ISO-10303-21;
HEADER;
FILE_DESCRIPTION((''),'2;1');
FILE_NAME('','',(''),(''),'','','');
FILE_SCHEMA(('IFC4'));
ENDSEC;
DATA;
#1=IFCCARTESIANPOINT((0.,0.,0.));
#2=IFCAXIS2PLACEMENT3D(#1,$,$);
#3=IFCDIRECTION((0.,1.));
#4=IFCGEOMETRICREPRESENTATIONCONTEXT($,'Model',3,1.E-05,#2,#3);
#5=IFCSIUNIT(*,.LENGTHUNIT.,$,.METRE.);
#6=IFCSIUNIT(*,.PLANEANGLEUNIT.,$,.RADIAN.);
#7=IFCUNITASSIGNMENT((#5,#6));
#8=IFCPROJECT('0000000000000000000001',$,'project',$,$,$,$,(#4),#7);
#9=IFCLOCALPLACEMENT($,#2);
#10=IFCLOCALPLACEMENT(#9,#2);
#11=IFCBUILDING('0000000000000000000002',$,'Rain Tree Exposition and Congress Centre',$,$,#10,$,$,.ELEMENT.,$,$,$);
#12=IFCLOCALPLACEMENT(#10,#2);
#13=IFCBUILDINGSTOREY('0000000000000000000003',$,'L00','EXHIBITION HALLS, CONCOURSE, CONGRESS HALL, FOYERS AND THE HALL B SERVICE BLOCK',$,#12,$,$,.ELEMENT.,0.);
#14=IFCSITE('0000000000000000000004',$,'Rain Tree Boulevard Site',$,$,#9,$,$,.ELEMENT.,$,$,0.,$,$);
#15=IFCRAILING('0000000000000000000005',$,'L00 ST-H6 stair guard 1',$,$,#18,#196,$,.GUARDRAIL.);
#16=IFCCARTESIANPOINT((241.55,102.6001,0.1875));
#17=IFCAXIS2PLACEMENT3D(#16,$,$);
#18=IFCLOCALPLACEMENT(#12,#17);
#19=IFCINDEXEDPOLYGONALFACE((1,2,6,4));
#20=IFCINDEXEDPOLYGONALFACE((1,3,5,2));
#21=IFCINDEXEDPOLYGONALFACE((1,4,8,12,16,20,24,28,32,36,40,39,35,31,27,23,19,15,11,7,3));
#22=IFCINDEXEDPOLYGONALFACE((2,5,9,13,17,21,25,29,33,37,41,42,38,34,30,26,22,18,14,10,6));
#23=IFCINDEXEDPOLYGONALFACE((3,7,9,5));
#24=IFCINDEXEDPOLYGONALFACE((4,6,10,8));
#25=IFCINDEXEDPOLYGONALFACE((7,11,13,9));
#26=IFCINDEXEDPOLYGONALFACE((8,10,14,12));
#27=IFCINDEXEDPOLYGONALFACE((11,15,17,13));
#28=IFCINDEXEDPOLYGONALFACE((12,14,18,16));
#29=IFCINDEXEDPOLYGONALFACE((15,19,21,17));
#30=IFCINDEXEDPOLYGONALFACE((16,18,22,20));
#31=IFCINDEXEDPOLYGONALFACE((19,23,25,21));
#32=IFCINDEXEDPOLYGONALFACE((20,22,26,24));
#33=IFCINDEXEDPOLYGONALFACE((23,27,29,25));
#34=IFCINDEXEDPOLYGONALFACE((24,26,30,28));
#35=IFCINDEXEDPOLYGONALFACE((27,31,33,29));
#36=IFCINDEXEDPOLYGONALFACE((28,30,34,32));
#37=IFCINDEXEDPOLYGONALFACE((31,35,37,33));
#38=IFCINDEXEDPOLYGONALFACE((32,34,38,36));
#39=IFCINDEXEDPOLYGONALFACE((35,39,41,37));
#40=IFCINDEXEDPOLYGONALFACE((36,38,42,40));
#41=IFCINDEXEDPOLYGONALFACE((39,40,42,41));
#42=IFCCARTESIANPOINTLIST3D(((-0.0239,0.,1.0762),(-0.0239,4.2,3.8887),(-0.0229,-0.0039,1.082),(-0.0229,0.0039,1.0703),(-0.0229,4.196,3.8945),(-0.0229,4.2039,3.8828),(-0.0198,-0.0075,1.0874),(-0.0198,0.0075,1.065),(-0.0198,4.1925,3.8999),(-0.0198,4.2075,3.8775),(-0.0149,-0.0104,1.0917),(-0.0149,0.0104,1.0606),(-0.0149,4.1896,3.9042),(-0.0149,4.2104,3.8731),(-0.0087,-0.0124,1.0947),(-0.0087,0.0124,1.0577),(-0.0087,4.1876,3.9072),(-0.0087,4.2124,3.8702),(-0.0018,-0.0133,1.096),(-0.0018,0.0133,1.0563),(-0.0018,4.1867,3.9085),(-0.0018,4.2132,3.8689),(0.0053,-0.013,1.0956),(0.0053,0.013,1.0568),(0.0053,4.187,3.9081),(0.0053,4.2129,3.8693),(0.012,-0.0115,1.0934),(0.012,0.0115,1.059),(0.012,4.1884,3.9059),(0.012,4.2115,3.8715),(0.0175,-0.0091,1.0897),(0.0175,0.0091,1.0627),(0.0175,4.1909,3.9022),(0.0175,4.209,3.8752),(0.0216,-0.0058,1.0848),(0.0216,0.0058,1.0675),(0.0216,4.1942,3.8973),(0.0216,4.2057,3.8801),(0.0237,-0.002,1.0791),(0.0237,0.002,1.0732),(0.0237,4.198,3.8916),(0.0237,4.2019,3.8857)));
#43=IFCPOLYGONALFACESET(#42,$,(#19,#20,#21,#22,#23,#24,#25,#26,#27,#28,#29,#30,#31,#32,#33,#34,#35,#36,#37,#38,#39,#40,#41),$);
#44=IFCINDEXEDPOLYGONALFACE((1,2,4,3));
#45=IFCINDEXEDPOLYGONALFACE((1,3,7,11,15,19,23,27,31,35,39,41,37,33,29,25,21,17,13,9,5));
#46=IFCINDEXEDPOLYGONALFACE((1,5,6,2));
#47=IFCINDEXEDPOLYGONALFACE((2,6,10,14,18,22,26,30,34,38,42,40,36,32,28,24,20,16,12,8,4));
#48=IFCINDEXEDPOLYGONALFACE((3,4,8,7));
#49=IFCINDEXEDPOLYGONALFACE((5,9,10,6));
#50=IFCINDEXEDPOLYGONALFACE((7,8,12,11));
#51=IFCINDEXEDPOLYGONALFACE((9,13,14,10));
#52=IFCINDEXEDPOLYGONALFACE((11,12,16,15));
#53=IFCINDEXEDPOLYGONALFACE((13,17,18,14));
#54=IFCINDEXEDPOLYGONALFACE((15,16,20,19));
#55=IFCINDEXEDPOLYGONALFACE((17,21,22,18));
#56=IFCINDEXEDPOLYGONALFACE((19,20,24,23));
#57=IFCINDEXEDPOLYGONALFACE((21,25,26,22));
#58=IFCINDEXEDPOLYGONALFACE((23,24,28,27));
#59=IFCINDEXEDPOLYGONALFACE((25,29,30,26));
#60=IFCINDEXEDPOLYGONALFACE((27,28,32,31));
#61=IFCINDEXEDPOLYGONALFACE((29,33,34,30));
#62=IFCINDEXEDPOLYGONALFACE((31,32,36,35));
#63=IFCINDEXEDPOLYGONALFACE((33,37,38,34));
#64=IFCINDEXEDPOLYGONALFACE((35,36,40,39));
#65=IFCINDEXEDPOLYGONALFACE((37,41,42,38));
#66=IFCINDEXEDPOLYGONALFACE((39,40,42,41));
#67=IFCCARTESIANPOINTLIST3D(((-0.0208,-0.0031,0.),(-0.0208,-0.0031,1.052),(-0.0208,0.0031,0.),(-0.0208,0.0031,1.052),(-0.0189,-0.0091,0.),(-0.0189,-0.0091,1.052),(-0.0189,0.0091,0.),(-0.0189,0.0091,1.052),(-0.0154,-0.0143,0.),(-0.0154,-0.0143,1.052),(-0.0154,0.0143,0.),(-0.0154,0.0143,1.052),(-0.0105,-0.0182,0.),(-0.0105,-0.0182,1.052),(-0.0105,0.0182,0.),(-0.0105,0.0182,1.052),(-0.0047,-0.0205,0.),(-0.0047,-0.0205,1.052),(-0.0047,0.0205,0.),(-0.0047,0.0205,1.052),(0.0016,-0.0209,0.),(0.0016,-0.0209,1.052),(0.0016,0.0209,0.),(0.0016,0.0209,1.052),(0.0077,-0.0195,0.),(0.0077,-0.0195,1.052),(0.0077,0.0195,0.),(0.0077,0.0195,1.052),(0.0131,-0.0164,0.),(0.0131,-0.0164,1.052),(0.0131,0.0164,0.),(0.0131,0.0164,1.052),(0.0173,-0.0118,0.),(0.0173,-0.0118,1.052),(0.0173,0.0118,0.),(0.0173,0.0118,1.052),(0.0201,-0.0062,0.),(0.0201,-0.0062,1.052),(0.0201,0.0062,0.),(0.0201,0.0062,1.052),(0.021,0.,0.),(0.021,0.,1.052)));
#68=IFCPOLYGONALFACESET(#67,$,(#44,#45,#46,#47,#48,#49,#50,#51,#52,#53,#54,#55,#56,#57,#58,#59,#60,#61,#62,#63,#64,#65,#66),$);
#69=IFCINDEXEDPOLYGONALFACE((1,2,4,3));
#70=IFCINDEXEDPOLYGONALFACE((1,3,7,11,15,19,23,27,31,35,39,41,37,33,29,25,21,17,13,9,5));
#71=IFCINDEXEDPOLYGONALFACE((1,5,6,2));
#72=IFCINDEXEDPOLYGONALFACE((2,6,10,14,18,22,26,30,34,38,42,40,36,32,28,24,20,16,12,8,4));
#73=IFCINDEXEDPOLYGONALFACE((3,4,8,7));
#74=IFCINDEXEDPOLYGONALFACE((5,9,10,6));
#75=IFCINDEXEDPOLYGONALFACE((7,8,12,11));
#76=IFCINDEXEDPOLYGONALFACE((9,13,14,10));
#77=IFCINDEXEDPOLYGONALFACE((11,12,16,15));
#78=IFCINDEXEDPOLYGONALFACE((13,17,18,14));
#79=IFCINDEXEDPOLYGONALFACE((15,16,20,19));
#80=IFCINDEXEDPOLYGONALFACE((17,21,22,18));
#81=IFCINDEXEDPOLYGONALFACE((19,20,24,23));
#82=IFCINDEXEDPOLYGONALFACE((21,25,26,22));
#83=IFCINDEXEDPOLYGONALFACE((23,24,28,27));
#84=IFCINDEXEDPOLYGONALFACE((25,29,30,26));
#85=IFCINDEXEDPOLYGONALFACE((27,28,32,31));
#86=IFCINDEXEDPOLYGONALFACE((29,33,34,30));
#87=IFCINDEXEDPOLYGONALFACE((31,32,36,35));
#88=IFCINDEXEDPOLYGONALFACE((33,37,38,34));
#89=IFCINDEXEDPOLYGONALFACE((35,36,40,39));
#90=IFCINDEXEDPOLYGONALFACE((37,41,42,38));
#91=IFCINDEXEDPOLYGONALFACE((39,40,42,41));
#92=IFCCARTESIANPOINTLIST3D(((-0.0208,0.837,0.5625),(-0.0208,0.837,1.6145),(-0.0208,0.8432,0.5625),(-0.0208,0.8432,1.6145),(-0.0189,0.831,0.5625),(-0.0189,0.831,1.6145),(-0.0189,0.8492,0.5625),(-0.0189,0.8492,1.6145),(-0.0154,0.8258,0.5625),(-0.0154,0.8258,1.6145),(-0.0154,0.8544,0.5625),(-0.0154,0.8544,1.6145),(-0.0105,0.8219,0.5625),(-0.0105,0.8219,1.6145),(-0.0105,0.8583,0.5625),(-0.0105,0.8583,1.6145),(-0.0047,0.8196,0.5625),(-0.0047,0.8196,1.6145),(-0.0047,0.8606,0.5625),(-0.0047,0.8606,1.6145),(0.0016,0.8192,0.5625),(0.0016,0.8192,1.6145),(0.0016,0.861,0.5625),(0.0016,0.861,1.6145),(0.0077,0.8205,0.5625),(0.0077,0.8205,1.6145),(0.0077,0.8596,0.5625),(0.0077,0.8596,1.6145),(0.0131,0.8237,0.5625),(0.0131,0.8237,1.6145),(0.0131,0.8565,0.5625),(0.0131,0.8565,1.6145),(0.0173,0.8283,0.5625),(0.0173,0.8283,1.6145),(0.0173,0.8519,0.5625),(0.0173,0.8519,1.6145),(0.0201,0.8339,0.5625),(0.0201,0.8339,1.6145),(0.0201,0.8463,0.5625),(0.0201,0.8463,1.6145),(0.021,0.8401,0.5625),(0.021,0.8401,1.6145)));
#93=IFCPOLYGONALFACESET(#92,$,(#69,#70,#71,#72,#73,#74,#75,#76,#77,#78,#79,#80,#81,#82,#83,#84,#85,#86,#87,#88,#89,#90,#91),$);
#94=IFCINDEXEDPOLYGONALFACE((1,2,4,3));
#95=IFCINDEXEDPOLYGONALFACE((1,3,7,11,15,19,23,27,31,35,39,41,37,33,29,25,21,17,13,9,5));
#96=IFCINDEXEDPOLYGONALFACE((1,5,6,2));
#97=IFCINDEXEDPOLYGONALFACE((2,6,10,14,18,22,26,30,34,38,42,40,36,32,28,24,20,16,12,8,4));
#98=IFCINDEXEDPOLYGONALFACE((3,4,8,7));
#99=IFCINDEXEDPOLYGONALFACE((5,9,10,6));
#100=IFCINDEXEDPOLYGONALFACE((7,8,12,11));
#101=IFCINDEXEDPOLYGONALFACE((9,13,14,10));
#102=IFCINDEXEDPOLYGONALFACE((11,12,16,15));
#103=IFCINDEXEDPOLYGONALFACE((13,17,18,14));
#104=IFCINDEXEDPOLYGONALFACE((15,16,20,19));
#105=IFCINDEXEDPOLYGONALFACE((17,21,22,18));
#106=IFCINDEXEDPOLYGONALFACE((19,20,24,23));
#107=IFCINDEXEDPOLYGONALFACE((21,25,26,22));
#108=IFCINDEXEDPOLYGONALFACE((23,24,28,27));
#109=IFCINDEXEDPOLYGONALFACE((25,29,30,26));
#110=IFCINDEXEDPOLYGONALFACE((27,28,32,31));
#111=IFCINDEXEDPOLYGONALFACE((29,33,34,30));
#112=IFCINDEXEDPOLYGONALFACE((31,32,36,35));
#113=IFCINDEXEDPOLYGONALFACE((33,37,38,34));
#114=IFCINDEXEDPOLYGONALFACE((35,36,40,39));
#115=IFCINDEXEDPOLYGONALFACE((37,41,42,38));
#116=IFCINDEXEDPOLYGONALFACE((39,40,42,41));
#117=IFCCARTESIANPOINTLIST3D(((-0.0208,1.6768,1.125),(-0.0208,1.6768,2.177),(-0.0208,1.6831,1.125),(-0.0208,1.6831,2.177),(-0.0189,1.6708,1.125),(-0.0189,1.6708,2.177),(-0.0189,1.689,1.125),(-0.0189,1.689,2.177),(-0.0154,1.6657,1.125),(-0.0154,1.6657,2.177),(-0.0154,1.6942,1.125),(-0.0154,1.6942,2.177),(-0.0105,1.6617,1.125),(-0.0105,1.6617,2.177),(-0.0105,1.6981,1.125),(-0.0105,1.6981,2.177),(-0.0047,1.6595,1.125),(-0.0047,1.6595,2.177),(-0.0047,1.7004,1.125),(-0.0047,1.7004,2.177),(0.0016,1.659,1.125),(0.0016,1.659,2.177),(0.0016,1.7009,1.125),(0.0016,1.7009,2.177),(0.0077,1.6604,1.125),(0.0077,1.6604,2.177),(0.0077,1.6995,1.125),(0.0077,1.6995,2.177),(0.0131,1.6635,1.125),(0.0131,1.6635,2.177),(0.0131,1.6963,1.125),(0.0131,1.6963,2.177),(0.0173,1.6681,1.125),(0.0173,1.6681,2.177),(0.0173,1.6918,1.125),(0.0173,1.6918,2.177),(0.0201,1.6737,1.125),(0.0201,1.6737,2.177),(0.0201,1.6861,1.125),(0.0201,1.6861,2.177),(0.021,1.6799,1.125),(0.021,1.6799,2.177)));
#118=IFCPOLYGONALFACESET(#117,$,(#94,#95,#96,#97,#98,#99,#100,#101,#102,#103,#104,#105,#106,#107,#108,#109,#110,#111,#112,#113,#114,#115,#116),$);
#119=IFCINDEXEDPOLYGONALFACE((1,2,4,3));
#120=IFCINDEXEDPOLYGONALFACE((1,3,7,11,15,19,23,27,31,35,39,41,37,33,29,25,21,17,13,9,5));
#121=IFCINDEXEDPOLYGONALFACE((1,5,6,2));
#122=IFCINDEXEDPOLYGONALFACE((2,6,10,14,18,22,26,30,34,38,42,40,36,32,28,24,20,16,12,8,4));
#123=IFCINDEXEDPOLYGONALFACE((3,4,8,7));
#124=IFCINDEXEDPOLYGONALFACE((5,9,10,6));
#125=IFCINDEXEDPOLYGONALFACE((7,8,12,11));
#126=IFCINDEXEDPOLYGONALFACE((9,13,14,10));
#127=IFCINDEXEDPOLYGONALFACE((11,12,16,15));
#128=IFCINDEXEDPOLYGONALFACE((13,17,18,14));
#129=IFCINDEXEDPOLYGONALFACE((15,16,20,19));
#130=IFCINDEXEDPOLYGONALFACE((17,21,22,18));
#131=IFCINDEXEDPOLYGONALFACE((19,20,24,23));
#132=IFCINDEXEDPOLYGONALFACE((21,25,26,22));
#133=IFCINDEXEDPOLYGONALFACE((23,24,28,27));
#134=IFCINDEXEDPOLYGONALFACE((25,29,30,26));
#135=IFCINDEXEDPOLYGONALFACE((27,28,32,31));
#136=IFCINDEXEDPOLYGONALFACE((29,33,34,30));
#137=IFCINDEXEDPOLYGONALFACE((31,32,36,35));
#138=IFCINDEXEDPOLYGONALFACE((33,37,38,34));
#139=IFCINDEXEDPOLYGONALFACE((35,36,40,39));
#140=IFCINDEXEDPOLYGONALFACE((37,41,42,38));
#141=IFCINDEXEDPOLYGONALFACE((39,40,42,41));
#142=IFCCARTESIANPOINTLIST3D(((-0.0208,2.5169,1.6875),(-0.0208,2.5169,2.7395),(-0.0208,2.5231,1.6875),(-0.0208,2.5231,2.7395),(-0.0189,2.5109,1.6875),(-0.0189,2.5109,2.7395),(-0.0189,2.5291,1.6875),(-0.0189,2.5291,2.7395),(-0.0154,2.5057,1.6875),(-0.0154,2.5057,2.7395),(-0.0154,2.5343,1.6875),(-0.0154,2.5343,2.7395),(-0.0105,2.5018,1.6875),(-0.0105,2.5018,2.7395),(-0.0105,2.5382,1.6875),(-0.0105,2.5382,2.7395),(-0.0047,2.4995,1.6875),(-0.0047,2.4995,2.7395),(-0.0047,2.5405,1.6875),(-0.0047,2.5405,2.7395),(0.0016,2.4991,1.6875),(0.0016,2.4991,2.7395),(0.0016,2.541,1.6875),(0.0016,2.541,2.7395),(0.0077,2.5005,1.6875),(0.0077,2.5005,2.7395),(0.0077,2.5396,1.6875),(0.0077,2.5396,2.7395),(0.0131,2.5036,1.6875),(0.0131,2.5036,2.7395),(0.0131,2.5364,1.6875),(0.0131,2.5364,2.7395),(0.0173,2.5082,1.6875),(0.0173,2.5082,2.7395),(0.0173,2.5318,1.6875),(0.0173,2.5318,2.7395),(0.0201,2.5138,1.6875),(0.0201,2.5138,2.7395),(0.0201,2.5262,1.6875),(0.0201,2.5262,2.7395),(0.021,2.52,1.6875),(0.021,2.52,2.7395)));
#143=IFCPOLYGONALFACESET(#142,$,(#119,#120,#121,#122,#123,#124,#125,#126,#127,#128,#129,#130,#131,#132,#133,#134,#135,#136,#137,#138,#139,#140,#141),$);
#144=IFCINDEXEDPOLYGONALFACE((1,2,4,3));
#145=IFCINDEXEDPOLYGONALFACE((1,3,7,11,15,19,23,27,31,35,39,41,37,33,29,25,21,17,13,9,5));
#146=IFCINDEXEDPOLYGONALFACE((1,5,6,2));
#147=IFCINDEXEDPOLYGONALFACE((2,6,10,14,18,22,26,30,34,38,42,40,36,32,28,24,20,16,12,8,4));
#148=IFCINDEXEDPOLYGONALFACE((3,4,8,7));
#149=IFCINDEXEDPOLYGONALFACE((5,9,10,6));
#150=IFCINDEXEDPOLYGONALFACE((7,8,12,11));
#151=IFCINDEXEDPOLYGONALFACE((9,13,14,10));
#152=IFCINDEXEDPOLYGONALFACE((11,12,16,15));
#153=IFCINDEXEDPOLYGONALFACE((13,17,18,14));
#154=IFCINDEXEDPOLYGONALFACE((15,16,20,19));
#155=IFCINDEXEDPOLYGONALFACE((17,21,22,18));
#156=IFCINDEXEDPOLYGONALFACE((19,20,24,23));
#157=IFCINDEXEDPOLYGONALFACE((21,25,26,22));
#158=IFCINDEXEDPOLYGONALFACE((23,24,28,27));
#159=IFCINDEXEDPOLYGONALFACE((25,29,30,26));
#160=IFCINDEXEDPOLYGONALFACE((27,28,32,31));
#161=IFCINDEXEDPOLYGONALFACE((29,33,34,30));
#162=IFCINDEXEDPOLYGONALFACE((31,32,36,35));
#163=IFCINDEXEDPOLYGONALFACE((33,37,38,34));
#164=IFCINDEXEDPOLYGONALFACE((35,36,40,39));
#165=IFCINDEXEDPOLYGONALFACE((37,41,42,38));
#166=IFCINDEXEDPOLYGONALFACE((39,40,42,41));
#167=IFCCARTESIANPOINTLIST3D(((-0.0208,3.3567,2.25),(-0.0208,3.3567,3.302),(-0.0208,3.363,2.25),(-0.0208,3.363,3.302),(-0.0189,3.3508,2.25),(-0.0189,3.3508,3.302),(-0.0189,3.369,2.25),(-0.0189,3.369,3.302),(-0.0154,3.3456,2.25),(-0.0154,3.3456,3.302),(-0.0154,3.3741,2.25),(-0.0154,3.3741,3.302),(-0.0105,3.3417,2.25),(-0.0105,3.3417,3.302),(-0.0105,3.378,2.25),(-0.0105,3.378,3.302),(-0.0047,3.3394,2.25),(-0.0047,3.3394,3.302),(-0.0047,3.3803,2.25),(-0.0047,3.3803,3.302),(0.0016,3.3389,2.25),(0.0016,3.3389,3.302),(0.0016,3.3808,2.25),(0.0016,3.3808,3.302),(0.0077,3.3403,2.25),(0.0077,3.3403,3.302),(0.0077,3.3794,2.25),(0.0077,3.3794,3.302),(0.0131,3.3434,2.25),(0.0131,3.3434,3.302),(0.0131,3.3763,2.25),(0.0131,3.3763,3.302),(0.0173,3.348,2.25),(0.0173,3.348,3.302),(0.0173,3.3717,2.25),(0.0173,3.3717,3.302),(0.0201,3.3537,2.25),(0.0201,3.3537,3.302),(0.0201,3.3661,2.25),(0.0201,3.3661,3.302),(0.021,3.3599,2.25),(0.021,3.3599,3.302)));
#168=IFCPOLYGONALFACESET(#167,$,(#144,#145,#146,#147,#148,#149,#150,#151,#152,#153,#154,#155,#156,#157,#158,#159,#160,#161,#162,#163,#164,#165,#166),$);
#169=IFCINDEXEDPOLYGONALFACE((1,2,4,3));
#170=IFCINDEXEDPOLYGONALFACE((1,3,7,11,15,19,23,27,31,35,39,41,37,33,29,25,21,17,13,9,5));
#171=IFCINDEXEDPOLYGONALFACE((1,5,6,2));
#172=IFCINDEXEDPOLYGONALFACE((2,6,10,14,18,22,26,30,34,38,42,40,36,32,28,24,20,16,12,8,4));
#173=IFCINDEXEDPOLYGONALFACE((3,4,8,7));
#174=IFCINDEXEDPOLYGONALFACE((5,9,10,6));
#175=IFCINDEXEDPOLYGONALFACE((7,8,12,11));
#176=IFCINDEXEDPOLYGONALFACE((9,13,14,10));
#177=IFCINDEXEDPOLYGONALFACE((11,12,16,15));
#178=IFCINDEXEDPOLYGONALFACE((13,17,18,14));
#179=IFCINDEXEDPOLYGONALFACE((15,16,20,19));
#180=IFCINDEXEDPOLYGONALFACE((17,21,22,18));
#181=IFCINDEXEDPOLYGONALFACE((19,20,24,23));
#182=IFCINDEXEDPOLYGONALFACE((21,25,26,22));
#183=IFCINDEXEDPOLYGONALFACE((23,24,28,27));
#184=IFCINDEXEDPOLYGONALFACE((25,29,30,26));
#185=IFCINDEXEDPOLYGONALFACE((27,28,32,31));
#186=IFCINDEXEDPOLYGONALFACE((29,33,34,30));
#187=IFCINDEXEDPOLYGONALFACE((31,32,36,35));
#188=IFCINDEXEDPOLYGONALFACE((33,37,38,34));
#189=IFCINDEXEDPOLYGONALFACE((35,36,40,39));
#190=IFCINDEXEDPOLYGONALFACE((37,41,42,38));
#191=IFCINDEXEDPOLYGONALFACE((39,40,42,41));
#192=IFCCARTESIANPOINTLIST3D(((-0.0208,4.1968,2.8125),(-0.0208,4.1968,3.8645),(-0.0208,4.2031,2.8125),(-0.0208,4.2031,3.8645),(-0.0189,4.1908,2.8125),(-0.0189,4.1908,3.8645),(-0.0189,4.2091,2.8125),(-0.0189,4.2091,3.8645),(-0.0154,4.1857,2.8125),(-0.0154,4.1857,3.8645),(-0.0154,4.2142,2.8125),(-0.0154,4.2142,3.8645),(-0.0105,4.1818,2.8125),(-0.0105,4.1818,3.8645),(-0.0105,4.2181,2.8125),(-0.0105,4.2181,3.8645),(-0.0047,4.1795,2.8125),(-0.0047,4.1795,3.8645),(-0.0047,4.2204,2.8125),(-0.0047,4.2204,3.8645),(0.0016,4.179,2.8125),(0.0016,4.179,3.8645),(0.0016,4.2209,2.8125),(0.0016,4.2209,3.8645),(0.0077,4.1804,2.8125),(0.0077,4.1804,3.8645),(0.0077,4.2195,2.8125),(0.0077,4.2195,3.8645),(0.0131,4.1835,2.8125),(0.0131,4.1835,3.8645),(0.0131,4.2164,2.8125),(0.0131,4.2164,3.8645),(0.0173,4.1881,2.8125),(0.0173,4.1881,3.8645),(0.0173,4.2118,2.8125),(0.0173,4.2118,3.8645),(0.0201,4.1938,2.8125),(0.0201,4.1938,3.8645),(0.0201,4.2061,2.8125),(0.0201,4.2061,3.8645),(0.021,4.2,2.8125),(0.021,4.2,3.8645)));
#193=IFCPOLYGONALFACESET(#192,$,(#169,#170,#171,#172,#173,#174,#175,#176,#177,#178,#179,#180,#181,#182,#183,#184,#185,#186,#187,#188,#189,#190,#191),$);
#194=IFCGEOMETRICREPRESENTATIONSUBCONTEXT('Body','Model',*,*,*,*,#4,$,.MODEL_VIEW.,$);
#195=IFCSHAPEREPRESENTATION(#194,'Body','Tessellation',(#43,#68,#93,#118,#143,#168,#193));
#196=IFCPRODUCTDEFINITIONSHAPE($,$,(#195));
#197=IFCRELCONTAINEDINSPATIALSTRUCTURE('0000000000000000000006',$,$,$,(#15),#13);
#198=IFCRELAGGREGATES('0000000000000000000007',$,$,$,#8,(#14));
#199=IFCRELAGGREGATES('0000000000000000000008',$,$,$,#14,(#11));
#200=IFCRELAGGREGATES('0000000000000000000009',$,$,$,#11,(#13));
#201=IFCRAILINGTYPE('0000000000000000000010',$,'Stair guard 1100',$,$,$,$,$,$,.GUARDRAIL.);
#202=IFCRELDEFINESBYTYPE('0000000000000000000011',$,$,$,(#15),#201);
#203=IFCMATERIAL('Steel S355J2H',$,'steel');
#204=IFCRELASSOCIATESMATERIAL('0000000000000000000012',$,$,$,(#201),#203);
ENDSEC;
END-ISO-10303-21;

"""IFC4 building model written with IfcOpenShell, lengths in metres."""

from ifc_helpers import new_model, si_unit, direction, frame, origin, origin_2d, place, context, subcontext, project, spatial, circle, extrude, material, type_object, element, save


model = new_model("IFC4")

# Units and contexts
model_context = context("Model", 3, precision=1e-05, world=origin(), true_north=direction((0.0, 1.0)))
body_context = subcontext(model_context, "Body", "Model", "MODEL_VIEW")
ifc_project = project(units=[si_unit("LENGTHUNIT", "METRE"), si_unit("PLANEANGLEUNIT", "RADIAN")], contexts=[model_context])

# Site, building, storey
site_placement = place(None, origin())
site = spatial("IfcSite", under=ifc_project, at=site_placement, Name="Rain Tree Boulevard Site", CompositionType="ELEMENT", RefElevation=0.0)
building_placement = place(site_placement, origin())
building = spatial("IfcBuilding", under=site, at=building_placement, Name="Rain Tree Exposition and Congress Centre", CompositionType="ELEMENT")
storey_placement = place(building_placement, origin())
storey = spatial("IfcBuildingStorey", under=building, at=storey_placement, Name="L00", Description="EXHIBITION HALLS, CONCOURSE, CONGRESS HALL, FOYERS AND THE HALL B SERVICE BLOCK", CompositionType="ELEMENT", Elevation=0.0)

# Railing
ifc_material_1 = material(Name="Steel S355J2H", Category="steel")
railing_type_1 = type_object("IfcRailingType", Name="Stair guard 1100", PredefinedType="GUARDRAIL", material=ifc_material_1)
railing_1_placement = place(storey_placement, frame((241.55, 102.6001, 0.1875)))
element("IfcRailing", 1, at=railing_1_placement, inside=storey, type_object=railing_type_1, Name="L00 ST-H6 stair guard 1", PredefinedType="GUARDRAIL", context=body_context, shape_type="SweptSolid", body=[
    extrude(circle(Radius=0.0239, at=origin_2d()), frame((0.0, 0.0, 1.0762), z_axis=(0.0, 0.830904, 0.556416), x_axis=(-1.0, 0.0, 0.0)), (0.0, 0.0, 1.0), 5.0547),
    extrude(circle(Radius=0.021, at=origin_2d()), origin(), (0.0, 0.0, 1.0), 1.052),
    extrude(circle(Radius=0.021, at=origin_2d()), frame((0.0, 0.8401, 0.5625)), (0.0, 0.0, 1.0), 1.052),
    extrude(circle(Radius=0.021, at=origin_2d()), frame((0.0, 1.6799, 1.125)), (0.0, 0.0, 1.0), 1.052),
    extrude(circle(Radius=0.021, at=origin_2d()), frame((0.0, 2.52, 1.6875)), (0.0, 0.0, 1.0), 1.052),
    extrude(circle(Radius=0.021, at=origin_2d()), frame((0.0, 3.3599, 2.25)), (0.0, 0.0, 1.0), 1.052),
    extrude(circle(Radius=0.021, at=origin_2d()), frame((0.0, 4.2, 2.8125)), (0.0, 0.0, 1.0), 1.052),
])

save(model, "model.ifc")
